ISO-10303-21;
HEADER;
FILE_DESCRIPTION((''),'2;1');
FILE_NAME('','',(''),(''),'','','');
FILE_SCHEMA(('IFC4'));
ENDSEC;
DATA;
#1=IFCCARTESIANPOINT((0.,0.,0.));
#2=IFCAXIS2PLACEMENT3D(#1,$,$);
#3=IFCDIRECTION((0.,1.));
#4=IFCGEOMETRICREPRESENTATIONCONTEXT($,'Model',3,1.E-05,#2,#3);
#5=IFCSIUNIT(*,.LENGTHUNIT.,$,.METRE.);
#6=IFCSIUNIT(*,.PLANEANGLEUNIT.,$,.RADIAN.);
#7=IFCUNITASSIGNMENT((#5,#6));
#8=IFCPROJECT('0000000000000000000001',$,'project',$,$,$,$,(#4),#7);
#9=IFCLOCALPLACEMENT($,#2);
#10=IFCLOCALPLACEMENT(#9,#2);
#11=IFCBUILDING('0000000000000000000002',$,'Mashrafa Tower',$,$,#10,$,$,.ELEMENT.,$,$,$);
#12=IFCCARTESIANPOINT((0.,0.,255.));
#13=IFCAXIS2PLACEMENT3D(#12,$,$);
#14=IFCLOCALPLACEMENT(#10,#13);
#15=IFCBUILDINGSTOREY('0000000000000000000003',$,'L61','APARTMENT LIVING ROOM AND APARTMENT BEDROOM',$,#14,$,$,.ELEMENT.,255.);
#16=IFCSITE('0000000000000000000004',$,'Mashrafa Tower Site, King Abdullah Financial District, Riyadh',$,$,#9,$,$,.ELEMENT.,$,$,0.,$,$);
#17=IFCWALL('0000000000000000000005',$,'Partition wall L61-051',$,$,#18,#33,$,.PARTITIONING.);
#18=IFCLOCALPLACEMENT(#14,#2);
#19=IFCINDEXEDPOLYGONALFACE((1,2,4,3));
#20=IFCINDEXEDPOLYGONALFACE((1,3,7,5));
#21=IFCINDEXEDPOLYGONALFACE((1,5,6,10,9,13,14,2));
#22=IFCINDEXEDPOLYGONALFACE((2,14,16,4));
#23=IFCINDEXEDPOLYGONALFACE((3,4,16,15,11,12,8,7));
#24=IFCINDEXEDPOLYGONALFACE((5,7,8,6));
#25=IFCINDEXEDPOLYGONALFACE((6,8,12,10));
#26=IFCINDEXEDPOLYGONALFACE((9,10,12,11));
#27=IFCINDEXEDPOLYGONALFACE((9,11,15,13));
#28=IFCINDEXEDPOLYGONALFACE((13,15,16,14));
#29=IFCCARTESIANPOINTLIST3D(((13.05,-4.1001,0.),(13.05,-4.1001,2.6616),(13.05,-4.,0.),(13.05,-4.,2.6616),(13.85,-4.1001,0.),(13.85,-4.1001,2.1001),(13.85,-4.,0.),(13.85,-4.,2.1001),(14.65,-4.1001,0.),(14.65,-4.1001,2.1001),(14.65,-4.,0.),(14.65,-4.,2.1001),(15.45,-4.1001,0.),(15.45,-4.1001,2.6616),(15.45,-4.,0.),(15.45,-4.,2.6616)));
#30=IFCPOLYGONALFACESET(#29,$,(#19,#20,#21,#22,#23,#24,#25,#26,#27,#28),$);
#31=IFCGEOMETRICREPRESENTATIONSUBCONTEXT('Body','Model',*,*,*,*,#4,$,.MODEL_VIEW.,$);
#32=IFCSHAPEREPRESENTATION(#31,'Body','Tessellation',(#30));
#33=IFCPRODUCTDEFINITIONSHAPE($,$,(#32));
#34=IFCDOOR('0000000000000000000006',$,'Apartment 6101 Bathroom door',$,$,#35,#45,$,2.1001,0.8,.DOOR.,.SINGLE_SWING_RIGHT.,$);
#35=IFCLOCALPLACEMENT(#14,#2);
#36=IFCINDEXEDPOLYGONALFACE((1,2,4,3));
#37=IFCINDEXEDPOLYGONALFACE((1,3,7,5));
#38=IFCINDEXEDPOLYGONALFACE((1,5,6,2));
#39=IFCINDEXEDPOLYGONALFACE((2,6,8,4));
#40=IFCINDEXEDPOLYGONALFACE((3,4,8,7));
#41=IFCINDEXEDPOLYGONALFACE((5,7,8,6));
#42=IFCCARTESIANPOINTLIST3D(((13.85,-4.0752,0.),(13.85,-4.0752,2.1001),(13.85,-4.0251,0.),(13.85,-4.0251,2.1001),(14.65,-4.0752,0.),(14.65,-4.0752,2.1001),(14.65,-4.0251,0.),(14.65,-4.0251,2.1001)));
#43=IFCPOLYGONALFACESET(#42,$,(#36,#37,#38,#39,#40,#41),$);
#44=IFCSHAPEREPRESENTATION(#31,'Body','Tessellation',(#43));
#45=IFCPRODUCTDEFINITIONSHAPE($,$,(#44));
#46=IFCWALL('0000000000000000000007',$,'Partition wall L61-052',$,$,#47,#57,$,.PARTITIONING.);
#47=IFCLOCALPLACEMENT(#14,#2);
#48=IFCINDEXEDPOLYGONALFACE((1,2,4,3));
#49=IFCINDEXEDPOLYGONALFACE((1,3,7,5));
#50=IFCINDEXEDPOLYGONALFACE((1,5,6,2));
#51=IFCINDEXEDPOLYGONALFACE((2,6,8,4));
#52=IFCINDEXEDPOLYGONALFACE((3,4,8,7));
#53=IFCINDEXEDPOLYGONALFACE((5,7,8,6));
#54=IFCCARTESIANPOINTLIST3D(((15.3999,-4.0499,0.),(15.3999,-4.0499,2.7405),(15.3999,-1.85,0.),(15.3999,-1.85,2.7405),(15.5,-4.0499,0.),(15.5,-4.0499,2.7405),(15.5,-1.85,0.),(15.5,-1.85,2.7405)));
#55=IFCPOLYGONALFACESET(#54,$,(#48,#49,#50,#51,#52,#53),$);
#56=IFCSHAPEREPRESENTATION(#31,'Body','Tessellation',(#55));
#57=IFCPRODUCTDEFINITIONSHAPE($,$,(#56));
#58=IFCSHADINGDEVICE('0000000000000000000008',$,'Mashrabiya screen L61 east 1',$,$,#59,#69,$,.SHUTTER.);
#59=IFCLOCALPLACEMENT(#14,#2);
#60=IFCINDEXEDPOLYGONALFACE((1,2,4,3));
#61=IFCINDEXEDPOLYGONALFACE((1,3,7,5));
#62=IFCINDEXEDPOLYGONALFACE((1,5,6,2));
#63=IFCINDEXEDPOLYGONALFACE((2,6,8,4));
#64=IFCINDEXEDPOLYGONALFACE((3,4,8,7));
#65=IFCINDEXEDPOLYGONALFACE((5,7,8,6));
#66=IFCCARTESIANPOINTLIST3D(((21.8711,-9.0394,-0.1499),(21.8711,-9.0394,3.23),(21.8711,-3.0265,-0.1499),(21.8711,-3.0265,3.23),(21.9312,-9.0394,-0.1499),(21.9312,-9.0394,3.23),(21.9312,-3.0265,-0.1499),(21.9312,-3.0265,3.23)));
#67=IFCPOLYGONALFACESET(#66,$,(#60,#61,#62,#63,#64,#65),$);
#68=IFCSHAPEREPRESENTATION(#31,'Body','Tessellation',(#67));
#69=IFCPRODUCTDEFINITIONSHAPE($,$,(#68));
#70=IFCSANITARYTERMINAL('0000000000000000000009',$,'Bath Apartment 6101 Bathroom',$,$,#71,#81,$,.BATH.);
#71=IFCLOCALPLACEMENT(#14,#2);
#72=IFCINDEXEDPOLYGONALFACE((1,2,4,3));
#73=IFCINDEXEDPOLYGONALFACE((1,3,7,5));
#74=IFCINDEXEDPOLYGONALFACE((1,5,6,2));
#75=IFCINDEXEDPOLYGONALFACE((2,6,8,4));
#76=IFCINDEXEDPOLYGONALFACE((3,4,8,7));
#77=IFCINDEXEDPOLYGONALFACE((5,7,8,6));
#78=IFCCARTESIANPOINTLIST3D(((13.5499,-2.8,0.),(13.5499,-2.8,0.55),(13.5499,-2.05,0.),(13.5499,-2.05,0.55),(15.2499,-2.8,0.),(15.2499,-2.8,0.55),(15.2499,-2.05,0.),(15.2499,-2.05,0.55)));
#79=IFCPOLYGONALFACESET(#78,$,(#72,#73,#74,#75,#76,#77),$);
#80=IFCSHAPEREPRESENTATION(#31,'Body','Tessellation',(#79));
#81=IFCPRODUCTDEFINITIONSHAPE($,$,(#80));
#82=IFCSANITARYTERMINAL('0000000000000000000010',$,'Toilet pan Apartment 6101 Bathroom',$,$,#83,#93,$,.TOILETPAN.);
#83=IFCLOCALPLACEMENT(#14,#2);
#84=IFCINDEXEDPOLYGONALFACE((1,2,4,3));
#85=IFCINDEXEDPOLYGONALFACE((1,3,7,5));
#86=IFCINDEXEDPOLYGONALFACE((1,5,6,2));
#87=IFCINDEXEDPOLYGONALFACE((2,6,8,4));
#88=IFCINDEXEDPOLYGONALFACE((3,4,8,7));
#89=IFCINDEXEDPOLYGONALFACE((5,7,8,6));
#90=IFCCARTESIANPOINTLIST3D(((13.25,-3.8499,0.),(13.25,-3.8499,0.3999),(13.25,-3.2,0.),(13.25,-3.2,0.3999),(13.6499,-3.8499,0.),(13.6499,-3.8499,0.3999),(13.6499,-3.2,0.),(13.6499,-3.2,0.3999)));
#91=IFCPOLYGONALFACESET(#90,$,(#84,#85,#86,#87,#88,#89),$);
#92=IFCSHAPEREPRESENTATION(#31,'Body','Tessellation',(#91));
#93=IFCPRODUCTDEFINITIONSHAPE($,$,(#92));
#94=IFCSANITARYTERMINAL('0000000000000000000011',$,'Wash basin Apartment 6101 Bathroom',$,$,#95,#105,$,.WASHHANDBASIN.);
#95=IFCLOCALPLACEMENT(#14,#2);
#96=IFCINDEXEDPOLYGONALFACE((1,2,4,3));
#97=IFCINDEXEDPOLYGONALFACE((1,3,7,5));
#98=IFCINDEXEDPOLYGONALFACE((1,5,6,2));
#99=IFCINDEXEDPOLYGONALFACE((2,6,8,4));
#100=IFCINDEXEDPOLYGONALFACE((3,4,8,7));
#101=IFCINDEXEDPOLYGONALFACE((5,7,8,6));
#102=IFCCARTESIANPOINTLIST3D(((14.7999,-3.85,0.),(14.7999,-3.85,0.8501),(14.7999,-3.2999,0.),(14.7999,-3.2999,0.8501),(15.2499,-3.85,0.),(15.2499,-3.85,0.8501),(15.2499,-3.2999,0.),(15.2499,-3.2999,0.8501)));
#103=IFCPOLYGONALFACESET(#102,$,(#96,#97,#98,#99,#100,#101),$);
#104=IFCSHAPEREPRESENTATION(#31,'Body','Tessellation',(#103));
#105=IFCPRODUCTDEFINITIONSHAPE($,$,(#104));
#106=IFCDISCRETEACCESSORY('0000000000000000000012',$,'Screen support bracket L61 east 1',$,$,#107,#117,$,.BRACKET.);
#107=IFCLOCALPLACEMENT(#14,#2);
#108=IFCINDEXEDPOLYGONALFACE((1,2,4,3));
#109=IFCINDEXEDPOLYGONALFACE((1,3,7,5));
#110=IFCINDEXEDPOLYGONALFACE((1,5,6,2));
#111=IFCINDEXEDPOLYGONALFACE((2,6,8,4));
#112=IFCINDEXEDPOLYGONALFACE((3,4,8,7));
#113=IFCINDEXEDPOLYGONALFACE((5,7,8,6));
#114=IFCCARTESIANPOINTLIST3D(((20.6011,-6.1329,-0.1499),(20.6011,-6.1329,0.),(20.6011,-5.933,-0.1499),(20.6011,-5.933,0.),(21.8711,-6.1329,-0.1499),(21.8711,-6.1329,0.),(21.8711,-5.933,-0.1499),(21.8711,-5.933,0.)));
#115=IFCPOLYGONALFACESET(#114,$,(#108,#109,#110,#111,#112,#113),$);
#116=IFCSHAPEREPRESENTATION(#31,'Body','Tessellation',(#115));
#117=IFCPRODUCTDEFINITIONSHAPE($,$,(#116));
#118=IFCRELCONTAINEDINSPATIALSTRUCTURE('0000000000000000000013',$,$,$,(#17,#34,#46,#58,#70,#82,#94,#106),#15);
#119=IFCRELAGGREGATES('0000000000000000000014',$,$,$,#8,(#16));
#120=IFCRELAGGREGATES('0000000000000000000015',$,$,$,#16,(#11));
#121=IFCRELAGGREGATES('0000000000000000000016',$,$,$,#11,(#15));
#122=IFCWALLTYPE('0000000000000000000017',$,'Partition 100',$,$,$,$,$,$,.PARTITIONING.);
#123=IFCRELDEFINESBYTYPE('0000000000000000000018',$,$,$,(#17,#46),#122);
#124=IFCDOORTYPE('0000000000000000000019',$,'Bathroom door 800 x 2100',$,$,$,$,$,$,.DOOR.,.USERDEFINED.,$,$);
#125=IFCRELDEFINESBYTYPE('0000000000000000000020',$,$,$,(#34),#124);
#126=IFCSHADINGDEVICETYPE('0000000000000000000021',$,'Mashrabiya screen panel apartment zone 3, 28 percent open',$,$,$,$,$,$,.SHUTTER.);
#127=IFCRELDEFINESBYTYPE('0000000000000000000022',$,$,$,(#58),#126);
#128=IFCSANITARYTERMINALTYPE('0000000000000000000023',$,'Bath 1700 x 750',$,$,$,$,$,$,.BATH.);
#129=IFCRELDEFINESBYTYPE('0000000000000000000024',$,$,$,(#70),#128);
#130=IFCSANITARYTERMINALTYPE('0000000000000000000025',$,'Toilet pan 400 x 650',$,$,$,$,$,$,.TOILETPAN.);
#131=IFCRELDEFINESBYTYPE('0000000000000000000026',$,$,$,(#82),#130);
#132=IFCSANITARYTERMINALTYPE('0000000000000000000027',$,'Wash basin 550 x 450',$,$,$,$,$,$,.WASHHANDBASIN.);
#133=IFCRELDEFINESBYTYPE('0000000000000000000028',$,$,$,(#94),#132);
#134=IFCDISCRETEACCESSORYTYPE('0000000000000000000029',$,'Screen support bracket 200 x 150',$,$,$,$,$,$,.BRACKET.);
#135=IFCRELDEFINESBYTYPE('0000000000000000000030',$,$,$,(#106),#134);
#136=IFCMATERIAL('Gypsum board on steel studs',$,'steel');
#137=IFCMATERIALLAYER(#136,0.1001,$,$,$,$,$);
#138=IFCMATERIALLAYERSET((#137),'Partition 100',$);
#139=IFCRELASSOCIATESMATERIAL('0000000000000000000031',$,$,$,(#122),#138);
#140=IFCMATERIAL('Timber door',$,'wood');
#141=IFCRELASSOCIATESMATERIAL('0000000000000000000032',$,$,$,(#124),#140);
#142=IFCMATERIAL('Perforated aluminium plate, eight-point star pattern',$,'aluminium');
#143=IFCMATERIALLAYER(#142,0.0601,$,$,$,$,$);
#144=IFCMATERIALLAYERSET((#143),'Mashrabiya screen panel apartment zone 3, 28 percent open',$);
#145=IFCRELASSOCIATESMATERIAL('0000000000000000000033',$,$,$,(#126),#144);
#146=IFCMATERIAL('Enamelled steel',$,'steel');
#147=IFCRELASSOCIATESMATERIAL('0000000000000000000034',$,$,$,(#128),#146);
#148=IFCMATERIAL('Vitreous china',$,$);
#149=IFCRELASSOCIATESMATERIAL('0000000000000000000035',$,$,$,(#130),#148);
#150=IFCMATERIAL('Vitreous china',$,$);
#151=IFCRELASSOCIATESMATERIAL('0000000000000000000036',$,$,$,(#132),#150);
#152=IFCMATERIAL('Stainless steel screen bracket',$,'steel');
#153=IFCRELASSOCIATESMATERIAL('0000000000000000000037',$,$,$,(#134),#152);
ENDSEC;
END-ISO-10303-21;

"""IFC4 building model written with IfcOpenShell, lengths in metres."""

from ifc_helpers import new_model, si_unit, direction, frame, frame_2d, origin, origin_2d, place, context, subcontext, project, spatial, rectangle, extrude, source, transform, mapped, material, layer, layer_set, type_object, type_shapes, element, fill, save


model = new_model("IFC4")

# Units and contexts
model_context = context("Model", 3, precision=1e-05, world=origin(), true_north=direction((0.0, 1.0)))
body_context = subcontext(model_context, "Body", "Model", "MODEL_VIEW")
ifc_project = project(units=[si_unit("LENGTHUNIT", "METRE"), si_unit("PLANEANGLEUNIT", "RADIAN")], contexts=[model_context])

# Site, building, storey
site_placement = place(None, origin())
site = spatial("IfcSite", under=ifc_project, at=site_placement, Name="Mashrafa Tower Site, King Abdullah Financial District, Riyadh", CompositionType="ELEMENT", RefElevation=0.0)
building_placement = place(site_placement, origin())
building = spatial("IfcBuilding", under=site, at=building_placement, Name="Mashrafa Tower", CompositionType="ELEMENT")
storey_placement = place(building_placement, frame((0.0, 0.0, 255.0)))
storey = spatial("IfcBuildingStorey", under=building, at=storey_placement, Name="L61", Description="APARTMENT LIVING ROOM AND APARTMENT BEDROOM", CompositionType="ELEMENT", Elevation=255.0)

# Shared definitions
ifc_material_1 = material(Name="Gypsum board on steel studs", Category="steel")
ifc_layer_1 = layer(ifc_material_1, 0.1001)
ifc_layer_set_1 = layer_set([ifc_layer_1], Name="Partition 100")
wall_type_1 = type_object("IfcWallType", Name="Partition 100", PredefinedType="PARTITIONING", material=ifc_layer_set_1)

# Wall, opening, door
wall_1_placement = place(storey_placement, frame((13.05, -4.05, 0.0), z_axis=(0.0, 0.0, 1.0), x_axis=(1.0, 0.0, 0.0)))
wall_1 = element("IfcWall", 1, at=wall_1_placement, inside=storey, type_object=wall_type_1, Name="Partition wall L61-051", PredefinedType="PARTITIONING", context=body_context, shape_type="SweptSolid", body=[
    extrude(rectangle(XDim=2.3999, YDim=0.1001, at=frame_2d((1.2, 0.0))), origin(), (0.0, 0.0, 1.0), 2.6616),
])
opening_1_placement = place(wall_1_placement, frame((0.8, 0.0, 0.0)))
opening_1 = element("IfcOpeningElement", 2, at=opening_1_placement, cuts=wall_1, PredefinedType="OPENING", context=body_context, shape_type="SweptSolid", body=[
    extrude(rectangle(XDim=0.8, YDim=2.1001, at=frame_2d((0.3999, 1.05))), frame((0.0, 0.0601, 0.0), z_axis=(0.0, -1.0, 0.0), x_axis=(1.0, 0.0, 0.0)), (0.0, 0.0, 1.0), 0.1201),
])
ifc_material_2 = material(Name="Timber door", Category="wood")
door_type_1 = type_object("IfcDoorType", Name="Bathroom door 800 x 2100", OperationType="USERDEFINED", PredefinedType="DOOR", material=ifc_material_2)
door_1_placement = place(opening_1_placement, origin())
door_1 = element("IfcDoor", 3, at=door_1_placement, inside=storey, type_object=door_type_1, Name="Apartment 6101 Bathroom door", OperationType="SINGLE_SWING_RIGHT", OverallHeight=2.1001, OverallWidth=0.8, PredefinedType="DOOR", context=body_context, shape_type="SweptSolid", body=[
    extrude(rectangle(XDim=0.8, YDim=2.1001, at=frame_2d((0.3999, 1.05))), frame((0.0, 0.0249, 0.0), z_axis=(0.0, -1.0, 0.0), x_axis=(1.0, 0.0, 0.0)), (0.0, 0.0, 1.0), 0.05),
])
fill(opening_1, door_1)

# Wall
wall_2_placement = place(storey_placement, frame((15.45, -4.05, 0.0), z_axis=(0.0, 0.0, 1.0), x_axis=(0.0, 1.0, 0.0)))
element("IfcWall", 4, at=wall_2_placement, inside=storey, type_object=wall_type_1, Name="Partition wall L61-052", PredefinedType="PARTITIONING", context=body_context, shape_type="SweptSolid", body=[
    extrude(rectangle(XDim=2.2, YDim=0.1001, at=frame_2d((1.1001, 0.0))), origin(), (0.0, 0.0, 1.0), 2.7405),
])

# Shading device
ifc_material_3 = material(Name="Perforated aluminium plate, eight-point star pattern", Category="aluminium")
ifc_layer_2 = layer(ifc_material_3, 0.0601)
ifc_layer_set_2 = layer_set([ifc_layer_2], Name="Mashrabiya screen panel apartment zone 3, 28 percent open")
shading_device_type = type_object("IfcShadingDeviceType", Name="Mashrabiya screen panel apartment zone 3, 28 percent open", PredefinedType="SHUTTER", material=ifc_layer_set_2)
shared_shape_1 = source(origin(), body_context, "Body", "SweptSolid", [
    extrude(rectangle(XDim=6.0129, YDim=0.0601, at=origin_2d()), origin(), (0.0, 0.0, 1.0), 3.3799),
])
type_shapes(shading_device_type, [shared_shape_1])
shading_device_placement = place(storey_placement, frame((21.9011, -6.033, -0.1499), z_axis=(0.0, 0.0, 1.0), x_axis=(0.0, 1.0, 0.0)))
element("IfcShadingDevice", 5, at=shading_device_placement, inside=storey, type_object=shading_device_type, Name="Mashrabiya screen L61 east 1", PredefinedType="SHUTTER", context=body_context, shape_type="MappedRepresentation", body=[
    mapped(shared_shape_1, transform((0.0, 0.0, 0.0))),
])

# Sanitary terminals
ifc_material_4 = material(Name="Enamelled steel", Category="steel")
sanitary_terminal_type_1 = type_object("IfcSanitaryTerminalType", Name="Bath 1700 x 750", PredefinedType="BATH", material=ifc_material_4)
sanitary_terminal_1_placement = place(storey_placement, frame((14.3999, -2.425, 0.0), z_axis=(0.0, 0.0, 1.0), x_axis=(-1.0, 0.0, 0.0)))
element("IfcSanitaryTerminal", 6, at=sanitary_terminal_1_placement, inside=storey, type_object=sanitary_terminal_type_1, Name="Bath Apartment 6101 Bathroom", PredefinedType="BATH", context=body_context, shape_type="SweptSolid", body=[
    extrude(rectangle(XDim=1.7, YDim=0.75, at=origin_2d()), origin(), (0.0, 0.0, 1.0), 0.55),
])
ifc_material_5 = material(Name="Vitreous china")
sanitary_terminal_type_2 = type_object("IfcSanitaryTerminalType", Name="Toilet pan 400 x 650", PredefinedType="TOILETPAN", material=ifc_material_5)
sanitary_terminal_2_placement = place(storey_placement, frame((13.45, -3.5249, 0.0), z_axis=(0.0, 0.0, 1.0), x_axis=(1.0, 0.0, 0.0)))
element("IfcSanitaryTerminal", 7, at=sanitary_terminal_2_placement, inside=storey, type_object=sanitary_terminal_type_2, Name="Toilet pan Apartment 6101 Bathroom", PredefinedType="TOILETPAN", context=body_context, shape_type="SweptSolid", body=[
    extrude(rectangle(XDim=0.3999, YDim=0.6499, at=origin_2d()), origin(), (0.0, 0.0, 1.0), 0.3999),
])
ifc_material_6 = material(Name="Vitreous china")
sanitary_terminal_type_3 = type_object("IfcSanitaryTerminalType", Name="Wash basin 550 x 450", PredefinedType="WASHHANDBASIN", material=ifc_material_6)
sanitary_terminal_3_placement = place(storey_placement, frame((15.0249, -3.575, 0.0), z_axis=(0.0, 0.0, 1.0), x_axis=(0.0, 1.0, 0.0)))
element("IfcSanitaryTerminal", 8, at=sanitary_terminal_3_placement, inside=storey, type_object=sanitary_terminal_type_3, Name="Wash basin Apartment 6101 Bathroom", PredefinedType="WASHHANDBASIN", context=body_context, shape_type="SweptSolid", body=[
    extrude(rectangle(XDim=0.55, YDim=0.45, at=origin_2d()), origin(), (0.0, 0.0, 1.0), 0.8501),
])

# Discrete accessory
ifc_material_7 = material(Name="Stainless steel screen bracket", Category="steel")
discrete_accessory_type = type_object("IfcDiscreteAccessoryType", Name="Screen support bracket 200 x 150", PredefinedType="BRACKET", material=ifc_material_7)
shared_shape_2 = source(origin(), body_context, "Body", "SweptSolid", [
    extrude(rectangle(XDim=0.2, YDim=1.27, at=origin_2d()), origin(), (0.0, 0.0, 1.0), 0.1499),
])
type_shapes(discrete_accessory_type, [shared_shape_2])
discrete_accessory_placement = place(storey_placement, frame((21.2361, -6.033, -0.1499), z_axis=(0.0, 0.0, 1.0), x_axis=(0.0, 1.0, 0.0)))
element("IfcDiscreteAccessory", 9, at=discrete_accessory_placement, inside=storey, type_object=discrete_accessory_type, Name="Screen support bracket L61 east 1", PredefinedType="BRACKET", context=body_context, shape_type="MappedRepresentation", body=[
    mapped(shared_shape_2, transform((0.0, 0.0, 0.0))),
])

save(model, "model.ifc")
